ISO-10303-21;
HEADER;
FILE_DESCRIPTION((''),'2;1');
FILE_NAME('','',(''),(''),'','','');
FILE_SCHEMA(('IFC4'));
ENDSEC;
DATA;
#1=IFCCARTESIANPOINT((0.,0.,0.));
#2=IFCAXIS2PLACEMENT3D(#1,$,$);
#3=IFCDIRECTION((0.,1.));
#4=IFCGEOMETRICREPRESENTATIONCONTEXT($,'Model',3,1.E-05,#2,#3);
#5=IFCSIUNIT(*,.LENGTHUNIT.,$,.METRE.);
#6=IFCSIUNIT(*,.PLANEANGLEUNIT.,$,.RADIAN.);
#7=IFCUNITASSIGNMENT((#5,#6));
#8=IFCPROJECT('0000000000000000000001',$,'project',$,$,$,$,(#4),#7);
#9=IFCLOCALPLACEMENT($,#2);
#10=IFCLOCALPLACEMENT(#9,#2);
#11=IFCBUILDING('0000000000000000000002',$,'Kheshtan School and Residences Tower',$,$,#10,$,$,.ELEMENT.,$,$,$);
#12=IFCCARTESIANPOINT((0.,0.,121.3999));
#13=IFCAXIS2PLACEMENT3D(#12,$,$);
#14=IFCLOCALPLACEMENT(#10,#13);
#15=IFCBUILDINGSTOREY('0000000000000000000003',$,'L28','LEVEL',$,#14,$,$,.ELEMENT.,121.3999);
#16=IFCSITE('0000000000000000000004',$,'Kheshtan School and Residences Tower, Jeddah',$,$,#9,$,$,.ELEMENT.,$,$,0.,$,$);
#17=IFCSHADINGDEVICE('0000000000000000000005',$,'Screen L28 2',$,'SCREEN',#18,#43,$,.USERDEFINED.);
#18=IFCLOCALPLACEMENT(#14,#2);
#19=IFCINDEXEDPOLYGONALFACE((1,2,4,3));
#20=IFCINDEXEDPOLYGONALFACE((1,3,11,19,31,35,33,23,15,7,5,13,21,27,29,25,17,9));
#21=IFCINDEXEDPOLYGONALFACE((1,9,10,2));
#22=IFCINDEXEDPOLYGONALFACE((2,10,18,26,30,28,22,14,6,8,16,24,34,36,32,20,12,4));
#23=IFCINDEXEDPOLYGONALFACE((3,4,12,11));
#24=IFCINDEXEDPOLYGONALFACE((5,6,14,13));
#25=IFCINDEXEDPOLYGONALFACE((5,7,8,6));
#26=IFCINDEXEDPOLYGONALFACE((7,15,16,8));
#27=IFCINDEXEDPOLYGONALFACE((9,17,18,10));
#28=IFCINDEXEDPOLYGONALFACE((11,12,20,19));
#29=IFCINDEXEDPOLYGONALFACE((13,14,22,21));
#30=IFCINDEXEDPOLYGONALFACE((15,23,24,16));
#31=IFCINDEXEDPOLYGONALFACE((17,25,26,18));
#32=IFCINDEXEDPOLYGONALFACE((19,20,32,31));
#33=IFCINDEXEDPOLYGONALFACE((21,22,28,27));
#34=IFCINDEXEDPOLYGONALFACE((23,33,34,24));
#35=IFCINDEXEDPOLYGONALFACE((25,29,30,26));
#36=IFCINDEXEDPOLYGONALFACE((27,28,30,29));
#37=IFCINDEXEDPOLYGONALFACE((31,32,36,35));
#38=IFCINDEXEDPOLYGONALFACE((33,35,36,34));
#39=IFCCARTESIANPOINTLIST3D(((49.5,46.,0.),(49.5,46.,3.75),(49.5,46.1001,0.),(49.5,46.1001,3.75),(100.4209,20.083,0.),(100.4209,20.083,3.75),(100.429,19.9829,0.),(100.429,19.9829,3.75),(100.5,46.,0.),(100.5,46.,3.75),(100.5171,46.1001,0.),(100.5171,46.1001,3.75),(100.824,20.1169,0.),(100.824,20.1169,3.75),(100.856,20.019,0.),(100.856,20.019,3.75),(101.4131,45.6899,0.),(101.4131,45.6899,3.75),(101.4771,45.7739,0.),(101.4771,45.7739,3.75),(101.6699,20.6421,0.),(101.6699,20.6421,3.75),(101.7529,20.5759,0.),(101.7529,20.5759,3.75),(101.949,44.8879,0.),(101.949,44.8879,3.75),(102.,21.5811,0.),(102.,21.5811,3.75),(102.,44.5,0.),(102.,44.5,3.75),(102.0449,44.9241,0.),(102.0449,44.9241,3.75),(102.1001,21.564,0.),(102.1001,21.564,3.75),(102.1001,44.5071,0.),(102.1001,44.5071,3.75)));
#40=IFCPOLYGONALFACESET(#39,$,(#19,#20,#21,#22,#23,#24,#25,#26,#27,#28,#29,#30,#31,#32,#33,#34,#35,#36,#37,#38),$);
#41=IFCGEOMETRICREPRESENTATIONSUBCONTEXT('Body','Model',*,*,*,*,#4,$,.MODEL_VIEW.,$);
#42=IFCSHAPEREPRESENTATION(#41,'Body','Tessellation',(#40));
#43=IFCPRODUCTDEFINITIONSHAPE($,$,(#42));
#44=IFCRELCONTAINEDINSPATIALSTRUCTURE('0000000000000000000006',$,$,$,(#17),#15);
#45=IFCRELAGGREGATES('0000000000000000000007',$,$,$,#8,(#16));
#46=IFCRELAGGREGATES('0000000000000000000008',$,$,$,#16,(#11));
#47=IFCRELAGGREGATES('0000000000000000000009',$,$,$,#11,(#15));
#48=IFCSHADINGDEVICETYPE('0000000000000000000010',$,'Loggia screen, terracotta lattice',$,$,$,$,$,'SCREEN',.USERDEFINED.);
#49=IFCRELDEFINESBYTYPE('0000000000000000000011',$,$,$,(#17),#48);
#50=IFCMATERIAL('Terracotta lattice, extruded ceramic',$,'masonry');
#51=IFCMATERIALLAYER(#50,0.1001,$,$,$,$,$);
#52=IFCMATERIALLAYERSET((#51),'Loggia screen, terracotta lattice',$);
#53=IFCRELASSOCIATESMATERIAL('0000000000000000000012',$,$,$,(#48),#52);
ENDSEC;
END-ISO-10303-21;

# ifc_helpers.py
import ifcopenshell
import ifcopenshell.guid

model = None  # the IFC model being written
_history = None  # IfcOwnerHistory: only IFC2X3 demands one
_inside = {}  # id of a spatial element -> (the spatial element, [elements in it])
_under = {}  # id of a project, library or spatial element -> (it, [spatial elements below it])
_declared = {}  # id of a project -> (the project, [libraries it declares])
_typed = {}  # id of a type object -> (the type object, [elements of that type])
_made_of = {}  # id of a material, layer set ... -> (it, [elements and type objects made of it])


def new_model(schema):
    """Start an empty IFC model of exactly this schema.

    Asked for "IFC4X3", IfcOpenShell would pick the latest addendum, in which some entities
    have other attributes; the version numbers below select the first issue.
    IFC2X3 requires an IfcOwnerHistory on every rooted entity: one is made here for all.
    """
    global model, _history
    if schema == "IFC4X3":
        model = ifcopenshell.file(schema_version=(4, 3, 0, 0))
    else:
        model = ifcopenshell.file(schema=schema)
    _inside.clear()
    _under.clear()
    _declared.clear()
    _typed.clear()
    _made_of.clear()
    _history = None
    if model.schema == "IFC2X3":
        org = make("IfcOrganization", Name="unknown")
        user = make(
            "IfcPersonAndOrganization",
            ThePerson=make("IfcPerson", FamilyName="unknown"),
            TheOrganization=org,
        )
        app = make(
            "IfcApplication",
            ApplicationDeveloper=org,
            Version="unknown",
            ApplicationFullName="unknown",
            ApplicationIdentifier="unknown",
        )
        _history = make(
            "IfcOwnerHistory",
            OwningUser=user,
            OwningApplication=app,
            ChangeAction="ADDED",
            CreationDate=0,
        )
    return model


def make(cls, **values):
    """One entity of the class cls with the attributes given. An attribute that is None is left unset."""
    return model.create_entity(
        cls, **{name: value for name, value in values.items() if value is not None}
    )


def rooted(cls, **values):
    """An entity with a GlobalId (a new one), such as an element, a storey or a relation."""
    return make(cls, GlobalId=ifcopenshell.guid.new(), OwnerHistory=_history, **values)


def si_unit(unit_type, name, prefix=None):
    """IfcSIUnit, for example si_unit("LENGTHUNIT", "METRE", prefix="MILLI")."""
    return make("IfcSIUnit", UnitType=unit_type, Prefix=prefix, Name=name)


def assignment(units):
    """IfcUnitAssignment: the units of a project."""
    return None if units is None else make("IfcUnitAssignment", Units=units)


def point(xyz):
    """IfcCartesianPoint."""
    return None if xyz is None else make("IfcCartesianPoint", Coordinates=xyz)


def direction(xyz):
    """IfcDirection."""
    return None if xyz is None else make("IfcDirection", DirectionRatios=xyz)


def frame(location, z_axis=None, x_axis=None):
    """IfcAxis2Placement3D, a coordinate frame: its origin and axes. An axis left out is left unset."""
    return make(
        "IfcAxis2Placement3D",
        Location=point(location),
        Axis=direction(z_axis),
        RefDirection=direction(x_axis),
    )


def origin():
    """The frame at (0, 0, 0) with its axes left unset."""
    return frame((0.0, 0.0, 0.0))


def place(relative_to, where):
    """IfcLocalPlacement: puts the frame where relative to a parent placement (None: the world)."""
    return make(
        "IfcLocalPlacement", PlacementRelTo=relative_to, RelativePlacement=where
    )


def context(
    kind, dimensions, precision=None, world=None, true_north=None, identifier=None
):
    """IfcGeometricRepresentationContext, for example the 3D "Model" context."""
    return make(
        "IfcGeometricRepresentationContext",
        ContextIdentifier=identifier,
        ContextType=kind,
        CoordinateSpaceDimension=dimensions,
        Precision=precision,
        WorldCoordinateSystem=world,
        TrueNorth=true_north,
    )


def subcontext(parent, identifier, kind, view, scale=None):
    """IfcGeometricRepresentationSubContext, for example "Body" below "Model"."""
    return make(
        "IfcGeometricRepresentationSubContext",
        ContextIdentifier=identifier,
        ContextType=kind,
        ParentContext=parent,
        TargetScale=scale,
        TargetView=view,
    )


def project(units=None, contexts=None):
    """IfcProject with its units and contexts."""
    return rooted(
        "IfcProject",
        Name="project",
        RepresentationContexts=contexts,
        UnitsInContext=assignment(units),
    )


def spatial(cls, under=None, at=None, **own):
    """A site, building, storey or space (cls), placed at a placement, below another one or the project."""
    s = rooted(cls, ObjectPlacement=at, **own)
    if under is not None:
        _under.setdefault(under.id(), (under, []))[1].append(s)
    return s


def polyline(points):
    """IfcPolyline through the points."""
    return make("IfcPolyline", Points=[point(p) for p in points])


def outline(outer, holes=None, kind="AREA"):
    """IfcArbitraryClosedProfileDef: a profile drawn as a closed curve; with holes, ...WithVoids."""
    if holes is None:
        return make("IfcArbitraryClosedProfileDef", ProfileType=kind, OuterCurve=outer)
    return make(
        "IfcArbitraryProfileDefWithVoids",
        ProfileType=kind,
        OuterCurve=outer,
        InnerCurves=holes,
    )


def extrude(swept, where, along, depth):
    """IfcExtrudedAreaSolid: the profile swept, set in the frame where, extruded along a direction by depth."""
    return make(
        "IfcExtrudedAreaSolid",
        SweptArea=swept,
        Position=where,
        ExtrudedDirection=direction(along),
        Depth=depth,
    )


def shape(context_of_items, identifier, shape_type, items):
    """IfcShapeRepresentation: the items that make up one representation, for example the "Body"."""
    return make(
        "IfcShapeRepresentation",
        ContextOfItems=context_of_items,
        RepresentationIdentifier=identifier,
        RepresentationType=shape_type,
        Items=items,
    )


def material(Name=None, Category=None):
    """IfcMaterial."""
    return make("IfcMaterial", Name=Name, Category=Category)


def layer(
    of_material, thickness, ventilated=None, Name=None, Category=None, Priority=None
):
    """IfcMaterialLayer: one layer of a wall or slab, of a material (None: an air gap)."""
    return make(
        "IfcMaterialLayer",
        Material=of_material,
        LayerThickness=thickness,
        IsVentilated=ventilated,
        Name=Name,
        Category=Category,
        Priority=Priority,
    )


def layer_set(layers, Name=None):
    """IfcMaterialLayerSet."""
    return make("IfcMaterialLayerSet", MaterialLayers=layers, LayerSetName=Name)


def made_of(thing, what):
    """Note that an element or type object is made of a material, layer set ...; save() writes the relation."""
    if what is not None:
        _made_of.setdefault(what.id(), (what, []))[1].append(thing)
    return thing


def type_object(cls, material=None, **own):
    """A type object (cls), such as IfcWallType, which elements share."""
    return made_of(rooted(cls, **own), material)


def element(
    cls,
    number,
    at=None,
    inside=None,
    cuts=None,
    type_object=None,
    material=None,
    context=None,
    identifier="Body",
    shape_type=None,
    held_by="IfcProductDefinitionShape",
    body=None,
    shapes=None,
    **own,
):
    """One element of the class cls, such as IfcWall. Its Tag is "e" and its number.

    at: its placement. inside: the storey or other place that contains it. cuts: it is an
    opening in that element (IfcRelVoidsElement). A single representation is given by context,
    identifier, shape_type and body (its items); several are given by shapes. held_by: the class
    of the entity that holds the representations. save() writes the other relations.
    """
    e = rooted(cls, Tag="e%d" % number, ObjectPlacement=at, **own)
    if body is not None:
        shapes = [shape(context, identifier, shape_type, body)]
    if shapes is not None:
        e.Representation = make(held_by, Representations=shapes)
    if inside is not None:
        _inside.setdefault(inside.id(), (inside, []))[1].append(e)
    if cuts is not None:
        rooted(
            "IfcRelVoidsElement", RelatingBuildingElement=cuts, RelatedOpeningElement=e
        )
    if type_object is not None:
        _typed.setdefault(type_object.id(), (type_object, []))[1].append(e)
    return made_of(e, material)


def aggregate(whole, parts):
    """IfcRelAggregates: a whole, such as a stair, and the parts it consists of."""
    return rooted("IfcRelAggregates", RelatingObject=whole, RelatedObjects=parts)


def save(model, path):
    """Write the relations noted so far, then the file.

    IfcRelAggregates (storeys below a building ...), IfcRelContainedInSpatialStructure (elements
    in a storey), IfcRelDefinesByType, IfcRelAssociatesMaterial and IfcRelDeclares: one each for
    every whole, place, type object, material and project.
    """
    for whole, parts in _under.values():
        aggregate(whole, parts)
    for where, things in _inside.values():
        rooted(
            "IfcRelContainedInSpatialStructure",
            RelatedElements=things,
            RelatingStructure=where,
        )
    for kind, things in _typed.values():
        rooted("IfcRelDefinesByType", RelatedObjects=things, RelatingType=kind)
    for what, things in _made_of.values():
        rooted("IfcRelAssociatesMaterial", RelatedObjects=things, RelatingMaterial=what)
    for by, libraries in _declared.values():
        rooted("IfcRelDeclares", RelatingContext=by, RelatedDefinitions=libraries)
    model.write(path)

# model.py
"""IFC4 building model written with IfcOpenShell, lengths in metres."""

from ifc_helpers import new_model, si_unit, direction, frame, origin, place, context, subcontext, project, spatial, polyline, outline, extrude, material, layer, layer_set, type_object, element, save


model = new_model("IFC4")

# Units and contexts
model_context = context("Model", 3, precision=1e-05, world=origin(), true_north=direction((0.0, 1.0)))
body_context = subcontext(model_context, "Body", "Model", "MODEL_VIEW")
ifc_project = project(units=[si_unit("LENGTHUNIT", "METRE"), si_unit("PLANEANGLEUNIT", "RADIAN")], contexts=[model_context])

# Site, building, storey
site_placement = place(None, origin())
site = spatial("IfcSite", under=ifc_project, at=site_placement, Name="Kheshtan School and Residences Tower, Jeddah", CompositionType="ELEMENT", RefElevation=0.0)
building_placement = place(site_placement, origin())
building = spatial("IfcBuilding", under=site, at=building_placement, Name="Kheshtan School and Residences Tower", CompositionType="ELEMENT")
storey_placement = place(building_placement, frame((0.0, 0.0, 121.3999)))
storey = spatial("IfcBuildingStorey", under=building, at=storey_placement, Name="L28", Description="LEVEL", CompositionType="ELEMENT", Elevation=121.3999)

# Shading device
ifc_material_1 = material(Name="Terracotta lattice, extruded ceramic", Category="masonry")
ifc_layer_1 = layer(ifc_material_1, 0.1001)
ifc_layer_set_1 = layer_set([ifc_layer_1], Name="Loggia screen, terracotta lattice")
shading_device_type_1 = type_object("IfcShadingDeviceType", Name="Loggia screen, terracotta lattice", ElementType="SCREEN", PredefinedType="USERDEFINED", material=ifc_layer_set_1)
shading_device_1_placement = place(storey_placement, origin())
element("IfcShadingDevice", 1, at=shading_device_1_placement, inside=storey, type_object=shading_device_type_1, Name="Screen L28 2", ObjectType="SCREEN", PredefinedType="USERDEFINED", context=body_context, shape_type="SweptSolid", body=[
    extrude(outline(polyline([(49.5, 46.0), (100.5, 46.0), (101.4131, 45.6899), (101.949, 44.8879), (102.0, 44.5), (102.0, 21.5811), (101.6699, 20.6421), (100.824, 20.1169), (100.4209, 20.083), (100.429, 19.9829), (100.856, 20.019), (101.7529, 20.5759), (102.1001, 21.564), (102.1001, 44.5071), (102.0449, 44.9241), (101.4771, 45.7739), (100.5171, 46.1001), (49.5, 46.1001), (49.5, 46.0)])), origin(), (0.0, 0.0, 1.0), 3.75),
])

save(model, "model.ifc")
